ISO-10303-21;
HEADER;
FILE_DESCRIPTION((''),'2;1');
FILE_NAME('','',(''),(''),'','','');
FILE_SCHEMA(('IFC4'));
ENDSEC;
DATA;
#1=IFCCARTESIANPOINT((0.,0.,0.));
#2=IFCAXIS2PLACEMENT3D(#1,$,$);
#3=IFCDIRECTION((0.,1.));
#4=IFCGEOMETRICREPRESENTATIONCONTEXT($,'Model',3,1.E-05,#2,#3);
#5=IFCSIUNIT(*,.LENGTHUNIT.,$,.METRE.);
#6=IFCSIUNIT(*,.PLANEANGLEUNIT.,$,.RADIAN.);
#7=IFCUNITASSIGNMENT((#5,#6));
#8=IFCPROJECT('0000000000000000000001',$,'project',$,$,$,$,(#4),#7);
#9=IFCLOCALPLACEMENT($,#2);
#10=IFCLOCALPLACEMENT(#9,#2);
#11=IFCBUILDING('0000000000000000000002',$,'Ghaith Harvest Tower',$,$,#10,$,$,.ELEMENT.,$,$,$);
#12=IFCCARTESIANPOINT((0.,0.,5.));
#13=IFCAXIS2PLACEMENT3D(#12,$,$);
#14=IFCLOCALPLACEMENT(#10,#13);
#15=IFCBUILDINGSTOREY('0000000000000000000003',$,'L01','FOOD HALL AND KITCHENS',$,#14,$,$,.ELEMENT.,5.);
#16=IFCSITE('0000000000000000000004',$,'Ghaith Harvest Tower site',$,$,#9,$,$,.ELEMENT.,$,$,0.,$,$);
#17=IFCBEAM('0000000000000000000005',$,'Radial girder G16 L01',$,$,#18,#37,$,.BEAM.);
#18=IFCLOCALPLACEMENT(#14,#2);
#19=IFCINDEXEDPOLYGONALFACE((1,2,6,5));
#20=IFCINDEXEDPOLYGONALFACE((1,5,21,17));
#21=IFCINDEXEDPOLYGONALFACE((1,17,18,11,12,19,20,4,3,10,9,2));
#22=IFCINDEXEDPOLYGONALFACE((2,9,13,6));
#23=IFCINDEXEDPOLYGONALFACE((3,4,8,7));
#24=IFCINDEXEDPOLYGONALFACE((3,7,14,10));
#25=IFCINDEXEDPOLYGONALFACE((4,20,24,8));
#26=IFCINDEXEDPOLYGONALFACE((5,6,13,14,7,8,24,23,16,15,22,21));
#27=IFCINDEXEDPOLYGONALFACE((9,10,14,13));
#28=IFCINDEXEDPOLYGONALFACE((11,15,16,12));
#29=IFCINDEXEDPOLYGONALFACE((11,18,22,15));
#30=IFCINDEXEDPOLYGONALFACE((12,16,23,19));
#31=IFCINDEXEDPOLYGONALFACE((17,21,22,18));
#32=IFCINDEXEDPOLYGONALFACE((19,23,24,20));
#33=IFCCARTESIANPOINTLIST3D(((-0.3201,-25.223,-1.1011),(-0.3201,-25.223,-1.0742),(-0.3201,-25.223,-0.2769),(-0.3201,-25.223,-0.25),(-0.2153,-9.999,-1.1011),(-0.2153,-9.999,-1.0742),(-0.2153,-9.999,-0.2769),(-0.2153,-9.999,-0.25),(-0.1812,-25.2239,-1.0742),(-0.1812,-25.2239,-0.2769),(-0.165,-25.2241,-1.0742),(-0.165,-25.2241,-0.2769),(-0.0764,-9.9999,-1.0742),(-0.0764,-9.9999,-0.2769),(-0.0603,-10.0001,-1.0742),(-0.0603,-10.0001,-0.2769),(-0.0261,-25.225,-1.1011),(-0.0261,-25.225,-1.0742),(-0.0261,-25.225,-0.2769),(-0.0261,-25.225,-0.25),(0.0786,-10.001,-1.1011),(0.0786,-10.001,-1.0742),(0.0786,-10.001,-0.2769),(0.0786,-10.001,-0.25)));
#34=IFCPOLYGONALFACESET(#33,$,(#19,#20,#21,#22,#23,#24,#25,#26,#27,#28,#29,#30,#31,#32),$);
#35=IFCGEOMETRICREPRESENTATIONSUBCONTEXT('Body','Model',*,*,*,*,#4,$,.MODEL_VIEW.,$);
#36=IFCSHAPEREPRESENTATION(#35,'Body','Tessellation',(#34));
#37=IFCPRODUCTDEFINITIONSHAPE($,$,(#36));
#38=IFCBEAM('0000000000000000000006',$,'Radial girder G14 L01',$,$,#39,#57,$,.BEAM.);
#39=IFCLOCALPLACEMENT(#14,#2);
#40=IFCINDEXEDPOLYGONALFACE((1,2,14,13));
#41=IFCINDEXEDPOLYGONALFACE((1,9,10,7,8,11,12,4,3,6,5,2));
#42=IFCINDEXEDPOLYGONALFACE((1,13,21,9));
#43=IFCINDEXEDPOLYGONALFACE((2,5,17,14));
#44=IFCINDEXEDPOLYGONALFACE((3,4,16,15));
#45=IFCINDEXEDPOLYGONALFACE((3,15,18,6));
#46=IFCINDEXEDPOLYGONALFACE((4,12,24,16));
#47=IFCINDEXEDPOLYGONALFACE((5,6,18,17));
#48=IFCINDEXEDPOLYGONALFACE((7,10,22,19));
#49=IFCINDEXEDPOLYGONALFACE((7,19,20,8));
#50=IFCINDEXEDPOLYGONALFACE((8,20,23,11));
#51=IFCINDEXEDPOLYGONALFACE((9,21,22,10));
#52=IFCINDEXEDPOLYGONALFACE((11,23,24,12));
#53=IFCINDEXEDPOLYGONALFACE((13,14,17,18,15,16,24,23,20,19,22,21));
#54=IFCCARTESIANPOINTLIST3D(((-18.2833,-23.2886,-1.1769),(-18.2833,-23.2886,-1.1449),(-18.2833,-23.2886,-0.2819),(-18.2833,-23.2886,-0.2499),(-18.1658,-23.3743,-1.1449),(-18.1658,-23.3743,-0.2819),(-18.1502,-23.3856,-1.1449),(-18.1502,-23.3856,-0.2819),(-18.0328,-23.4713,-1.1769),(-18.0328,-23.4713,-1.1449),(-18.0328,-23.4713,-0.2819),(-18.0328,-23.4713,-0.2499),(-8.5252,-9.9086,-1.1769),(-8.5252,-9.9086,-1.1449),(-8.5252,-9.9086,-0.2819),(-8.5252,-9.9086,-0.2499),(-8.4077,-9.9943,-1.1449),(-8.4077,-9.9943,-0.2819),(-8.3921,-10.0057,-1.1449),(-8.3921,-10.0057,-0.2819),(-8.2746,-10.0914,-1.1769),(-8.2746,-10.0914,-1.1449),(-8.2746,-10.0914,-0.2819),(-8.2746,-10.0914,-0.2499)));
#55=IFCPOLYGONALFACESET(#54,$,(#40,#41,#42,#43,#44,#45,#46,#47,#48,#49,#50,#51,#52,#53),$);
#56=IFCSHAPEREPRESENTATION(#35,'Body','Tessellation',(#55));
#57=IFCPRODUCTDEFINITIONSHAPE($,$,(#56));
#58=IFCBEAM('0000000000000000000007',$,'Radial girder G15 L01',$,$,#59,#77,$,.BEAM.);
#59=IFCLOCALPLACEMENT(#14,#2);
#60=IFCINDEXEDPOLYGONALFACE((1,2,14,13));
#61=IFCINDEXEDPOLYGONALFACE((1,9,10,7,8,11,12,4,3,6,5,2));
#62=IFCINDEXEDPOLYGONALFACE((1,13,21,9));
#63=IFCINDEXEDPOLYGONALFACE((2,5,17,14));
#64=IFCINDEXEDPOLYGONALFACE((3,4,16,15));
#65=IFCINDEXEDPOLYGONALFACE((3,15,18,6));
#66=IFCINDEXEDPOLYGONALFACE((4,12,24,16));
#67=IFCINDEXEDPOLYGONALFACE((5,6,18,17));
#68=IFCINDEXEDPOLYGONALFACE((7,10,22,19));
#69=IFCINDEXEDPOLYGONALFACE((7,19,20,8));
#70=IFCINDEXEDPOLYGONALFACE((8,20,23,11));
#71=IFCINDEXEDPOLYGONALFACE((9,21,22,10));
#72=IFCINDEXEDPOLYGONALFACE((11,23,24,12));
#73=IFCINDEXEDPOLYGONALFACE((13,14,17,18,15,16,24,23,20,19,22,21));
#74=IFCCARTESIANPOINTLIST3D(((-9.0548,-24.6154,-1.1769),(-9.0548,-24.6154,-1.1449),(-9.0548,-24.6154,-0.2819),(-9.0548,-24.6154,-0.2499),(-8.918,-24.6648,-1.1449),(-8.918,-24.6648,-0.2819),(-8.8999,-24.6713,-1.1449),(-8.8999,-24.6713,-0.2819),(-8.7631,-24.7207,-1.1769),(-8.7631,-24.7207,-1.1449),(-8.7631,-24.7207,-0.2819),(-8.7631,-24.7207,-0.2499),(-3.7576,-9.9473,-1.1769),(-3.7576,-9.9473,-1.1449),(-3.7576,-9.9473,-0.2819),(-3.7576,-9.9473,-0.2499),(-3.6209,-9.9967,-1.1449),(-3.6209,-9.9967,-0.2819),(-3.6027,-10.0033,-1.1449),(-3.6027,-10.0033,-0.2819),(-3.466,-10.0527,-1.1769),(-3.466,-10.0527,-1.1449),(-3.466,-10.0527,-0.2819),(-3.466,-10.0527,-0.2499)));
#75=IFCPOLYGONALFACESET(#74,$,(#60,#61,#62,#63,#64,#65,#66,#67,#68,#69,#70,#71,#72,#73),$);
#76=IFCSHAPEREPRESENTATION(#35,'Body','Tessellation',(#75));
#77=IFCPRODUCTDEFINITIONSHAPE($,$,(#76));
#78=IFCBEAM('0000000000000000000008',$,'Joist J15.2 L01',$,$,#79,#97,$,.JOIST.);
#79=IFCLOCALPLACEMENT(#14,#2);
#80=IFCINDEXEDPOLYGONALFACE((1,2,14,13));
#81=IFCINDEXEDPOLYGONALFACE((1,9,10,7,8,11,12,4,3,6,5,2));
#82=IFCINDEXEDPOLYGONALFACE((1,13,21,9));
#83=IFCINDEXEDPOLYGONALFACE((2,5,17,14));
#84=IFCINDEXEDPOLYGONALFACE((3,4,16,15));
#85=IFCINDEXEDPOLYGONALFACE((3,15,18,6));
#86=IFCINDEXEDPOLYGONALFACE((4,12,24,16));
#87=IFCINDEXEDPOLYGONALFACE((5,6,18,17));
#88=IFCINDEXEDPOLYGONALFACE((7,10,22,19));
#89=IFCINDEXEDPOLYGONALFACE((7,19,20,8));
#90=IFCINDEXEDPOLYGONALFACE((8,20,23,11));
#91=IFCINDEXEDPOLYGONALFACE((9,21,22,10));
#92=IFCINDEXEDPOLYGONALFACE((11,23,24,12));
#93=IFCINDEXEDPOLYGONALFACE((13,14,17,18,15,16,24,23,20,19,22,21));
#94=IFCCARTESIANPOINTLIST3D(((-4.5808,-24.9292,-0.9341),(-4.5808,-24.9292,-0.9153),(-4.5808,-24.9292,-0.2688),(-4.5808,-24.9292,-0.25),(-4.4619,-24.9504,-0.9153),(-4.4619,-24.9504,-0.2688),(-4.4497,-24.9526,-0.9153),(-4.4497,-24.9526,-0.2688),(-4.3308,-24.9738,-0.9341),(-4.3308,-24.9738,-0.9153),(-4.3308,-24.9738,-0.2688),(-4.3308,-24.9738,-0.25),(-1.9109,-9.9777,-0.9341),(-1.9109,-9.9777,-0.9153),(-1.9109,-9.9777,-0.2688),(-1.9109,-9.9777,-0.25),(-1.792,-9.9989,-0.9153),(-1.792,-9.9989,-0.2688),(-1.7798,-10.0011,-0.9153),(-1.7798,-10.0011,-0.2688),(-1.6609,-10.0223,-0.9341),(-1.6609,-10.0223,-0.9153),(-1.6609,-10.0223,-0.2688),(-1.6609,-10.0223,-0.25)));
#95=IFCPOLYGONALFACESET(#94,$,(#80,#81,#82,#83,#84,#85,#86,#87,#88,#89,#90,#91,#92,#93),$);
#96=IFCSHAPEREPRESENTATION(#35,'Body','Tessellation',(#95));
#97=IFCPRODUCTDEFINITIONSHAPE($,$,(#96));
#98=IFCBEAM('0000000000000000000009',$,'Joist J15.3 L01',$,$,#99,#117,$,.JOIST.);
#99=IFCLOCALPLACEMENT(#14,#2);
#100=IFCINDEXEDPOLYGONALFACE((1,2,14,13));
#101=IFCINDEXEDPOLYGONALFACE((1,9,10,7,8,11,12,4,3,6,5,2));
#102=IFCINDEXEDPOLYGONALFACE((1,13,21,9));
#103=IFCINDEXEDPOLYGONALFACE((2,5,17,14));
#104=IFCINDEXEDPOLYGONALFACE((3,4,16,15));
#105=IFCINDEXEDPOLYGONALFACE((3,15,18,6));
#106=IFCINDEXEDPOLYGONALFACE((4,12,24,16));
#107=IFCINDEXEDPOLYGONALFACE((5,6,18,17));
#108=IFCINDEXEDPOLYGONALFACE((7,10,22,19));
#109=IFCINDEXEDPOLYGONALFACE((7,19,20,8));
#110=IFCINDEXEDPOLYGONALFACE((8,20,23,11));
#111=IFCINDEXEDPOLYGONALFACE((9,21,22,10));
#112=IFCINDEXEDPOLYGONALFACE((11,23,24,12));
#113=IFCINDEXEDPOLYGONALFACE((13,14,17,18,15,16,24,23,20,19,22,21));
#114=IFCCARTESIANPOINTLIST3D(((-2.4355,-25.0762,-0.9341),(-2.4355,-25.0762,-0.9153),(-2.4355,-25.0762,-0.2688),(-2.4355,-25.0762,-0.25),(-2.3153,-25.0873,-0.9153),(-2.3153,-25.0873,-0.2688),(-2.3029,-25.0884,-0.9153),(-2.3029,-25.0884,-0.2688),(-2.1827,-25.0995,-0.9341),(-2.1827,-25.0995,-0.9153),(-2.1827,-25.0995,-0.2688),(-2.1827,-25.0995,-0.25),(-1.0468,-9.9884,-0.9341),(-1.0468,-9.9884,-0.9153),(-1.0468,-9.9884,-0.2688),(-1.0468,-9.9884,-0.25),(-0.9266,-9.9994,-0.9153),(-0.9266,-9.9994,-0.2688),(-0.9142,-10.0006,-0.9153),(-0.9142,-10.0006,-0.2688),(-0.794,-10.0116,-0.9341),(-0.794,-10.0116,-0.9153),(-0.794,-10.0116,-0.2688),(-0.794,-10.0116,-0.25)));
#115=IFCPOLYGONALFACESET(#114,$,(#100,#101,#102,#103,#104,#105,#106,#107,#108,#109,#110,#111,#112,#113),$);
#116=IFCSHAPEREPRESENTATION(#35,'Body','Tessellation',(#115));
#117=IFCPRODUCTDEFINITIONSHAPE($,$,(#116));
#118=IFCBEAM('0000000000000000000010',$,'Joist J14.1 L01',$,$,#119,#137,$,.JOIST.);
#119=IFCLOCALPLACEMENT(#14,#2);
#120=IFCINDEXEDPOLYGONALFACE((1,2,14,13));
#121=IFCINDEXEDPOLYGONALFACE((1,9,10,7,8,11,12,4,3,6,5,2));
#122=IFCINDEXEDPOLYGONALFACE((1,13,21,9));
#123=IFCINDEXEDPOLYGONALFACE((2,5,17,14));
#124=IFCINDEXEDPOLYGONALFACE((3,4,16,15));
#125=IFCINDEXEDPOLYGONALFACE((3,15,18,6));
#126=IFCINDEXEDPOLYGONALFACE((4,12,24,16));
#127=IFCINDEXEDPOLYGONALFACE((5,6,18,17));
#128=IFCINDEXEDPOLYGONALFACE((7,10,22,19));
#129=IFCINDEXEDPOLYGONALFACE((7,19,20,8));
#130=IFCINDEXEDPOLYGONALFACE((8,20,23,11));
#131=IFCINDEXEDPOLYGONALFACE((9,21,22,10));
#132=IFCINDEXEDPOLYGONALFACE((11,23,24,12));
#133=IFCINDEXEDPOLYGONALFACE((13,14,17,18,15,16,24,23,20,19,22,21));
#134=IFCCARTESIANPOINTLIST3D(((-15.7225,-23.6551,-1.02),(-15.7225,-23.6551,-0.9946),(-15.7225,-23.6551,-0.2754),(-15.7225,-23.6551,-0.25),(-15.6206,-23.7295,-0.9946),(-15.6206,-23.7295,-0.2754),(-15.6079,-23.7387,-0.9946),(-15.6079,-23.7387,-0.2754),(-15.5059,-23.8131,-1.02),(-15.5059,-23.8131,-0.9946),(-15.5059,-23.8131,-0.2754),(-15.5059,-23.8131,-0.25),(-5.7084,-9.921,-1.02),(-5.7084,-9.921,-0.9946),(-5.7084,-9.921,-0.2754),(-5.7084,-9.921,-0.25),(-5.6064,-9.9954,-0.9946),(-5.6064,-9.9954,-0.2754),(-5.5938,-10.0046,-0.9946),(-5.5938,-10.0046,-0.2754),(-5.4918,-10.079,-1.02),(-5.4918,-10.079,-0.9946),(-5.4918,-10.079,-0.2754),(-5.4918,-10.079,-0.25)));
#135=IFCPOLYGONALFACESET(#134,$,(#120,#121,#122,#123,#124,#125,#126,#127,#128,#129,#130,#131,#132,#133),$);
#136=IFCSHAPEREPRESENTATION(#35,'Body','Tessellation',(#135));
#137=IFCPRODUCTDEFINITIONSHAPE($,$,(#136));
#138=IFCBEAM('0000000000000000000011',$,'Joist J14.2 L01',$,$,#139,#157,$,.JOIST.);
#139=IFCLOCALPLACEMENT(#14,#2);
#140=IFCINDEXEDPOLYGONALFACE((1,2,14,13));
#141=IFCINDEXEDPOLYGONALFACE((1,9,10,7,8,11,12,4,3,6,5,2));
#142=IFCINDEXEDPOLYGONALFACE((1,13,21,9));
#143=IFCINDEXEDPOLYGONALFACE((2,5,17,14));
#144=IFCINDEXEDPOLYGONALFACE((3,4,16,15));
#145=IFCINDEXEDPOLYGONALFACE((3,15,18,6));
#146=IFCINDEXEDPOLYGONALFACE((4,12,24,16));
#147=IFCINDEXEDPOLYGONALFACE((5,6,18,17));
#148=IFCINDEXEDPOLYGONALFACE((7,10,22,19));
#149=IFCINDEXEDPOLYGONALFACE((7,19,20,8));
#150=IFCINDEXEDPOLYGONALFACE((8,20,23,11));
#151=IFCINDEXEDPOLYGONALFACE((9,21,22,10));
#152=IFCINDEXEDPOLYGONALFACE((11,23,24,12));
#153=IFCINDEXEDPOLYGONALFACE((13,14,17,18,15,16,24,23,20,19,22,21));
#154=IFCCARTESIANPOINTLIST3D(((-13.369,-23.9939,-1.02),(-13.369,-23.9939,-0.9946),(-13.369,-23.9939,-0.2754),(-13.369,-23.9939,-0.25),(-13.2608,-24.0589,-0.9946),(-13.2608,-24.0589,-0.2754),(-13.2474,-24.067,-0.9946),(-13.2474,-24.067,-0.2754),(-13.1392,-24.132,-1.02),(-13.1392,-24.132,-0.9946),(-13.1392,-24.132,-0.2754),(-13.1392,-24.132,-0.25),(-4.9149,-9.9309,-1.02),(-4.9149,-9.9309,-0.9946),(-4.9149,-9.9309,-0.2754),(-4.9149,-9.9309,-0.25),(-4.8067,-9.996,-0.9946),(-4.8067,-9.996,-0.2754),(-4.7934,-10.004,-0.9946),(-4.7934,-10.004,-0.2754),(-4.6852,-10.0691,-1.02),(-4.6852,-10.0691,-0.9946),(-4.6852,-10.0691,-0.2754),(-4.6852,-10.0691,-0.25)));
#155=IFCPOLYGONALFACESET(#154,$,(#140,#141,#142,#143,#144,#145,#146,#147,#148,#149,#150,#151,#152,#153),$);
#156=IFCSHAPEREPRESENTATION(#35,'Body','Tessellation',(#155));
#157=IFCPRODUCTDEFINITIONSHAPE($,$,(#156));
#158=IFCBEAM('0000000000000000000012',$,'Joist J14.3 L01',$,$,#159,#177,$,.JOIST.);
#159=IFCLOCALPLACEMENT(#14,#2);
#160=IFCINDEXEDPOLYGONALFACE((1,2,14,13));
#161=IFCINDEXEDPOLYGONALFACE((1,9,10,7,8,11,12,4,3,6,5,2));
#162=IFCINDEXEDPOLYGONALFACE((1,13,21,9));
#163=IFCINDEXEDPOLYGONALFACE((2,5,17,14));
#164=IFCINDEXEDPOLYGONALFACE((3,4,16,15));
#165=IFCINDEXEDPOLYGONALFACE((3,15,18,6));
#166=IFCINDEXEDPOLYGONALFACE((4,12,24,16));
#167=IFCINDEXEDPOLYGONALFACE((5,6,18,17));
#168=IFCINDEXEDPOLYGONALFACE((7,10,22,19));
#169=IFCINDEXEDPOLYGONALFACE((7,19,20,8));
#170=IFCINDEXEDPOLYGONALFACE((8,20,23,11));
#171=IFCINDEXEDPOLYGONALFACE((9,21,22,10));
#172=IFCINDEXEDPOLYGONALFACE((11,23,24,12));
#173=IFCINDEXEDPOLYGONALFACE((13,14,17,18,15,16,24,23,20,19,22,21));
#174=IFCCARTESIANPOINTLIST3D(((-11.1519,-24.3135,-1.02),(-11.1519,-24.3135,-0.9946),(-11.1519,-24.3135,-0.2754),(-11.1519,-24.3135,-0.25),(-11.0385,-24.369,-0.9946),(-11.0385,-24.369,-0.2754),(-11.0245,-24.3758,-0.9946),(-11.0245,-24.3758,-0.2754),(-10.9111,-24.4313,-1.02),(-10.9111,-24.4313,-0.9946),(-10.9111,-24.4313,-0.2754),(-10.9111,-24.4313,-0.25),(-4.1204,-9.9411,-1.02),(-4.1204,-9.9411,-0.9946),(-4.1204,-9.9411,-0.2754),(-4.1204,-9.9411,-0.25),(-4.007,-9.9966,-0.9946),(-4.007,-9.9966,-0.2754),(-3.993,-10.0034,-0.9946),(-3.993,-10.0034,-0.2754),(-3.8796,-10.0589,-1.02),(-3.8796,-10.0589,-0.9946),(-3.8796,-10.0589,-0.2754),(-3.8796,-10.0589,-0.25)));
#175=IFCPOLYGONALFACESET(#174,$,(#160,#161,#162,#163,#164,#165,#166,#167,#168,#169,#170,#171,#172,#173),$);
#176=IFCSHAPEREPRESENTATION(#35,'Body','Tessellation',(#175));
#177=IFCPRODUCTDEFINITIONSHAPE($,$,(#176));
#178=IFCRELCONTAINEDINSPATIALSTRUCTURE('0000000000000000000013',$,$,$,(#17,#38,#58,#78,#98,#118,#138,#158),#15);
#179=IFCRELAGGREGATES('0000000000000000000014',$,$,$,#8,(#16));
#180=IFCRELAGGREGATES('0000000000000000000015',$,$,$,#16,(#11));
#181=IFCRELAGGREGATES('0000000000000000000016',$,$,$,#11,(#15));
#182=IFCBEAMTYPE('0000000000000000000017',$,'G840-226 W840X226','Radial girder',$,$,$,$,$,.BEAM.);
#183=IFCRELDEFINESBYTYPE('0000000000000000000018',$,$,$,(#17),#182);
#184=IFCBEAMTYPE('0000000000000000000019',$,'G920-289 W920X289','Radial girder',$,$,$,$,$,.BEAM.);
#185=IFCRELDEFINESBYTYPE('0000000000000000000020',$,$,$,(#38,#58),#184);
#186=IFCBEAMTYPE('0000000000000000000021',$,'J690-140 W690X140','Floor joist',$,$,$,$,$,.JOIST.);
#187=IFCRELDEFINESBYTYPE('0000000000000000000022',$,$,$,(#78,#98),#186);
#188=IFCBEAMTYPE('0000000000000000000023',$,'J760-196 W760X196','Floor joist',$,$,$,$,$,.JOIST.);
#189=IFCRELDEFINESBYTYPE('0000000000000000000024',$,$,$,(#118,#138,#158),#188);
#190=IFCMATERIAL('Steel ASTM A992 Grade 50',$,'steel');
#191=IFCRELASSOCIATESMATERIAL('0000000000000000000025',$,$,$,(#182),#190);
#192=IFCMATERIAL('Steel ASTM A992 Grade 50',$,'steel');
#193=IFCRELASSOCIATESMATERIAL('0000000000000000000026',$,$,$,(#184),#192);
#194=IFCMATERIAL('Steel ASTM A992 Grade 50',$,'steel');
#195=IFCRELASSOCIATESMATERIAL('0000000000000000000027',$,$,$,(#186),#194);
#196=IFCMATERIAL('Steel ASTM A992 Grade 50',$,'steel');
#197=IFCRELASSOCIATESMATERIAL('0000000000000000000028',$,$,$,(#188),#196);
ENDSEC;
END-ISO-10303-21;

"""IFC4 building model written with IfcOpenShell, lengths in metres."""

from ifc_helpers import new_model, si_unit, direction, frame, origin, origin_2d, place, context, subcontext, project, spatial, i_section, extrude, material, material_profile, profile_set, type_object, element, save


model = new_model("IFC4")

# Units and contexts
model_context = context("Model", 3, precision=1e-05, world=origin(), true_north=direction((0.0, 1.0)))
body_context = subcontext(model_context, "Body", "Model", "MODEL_VIEW")
ifc_project = project(units=[si_unit("LENGTHUNIT", "METRE"), si_unit("PLANEANGLEUNIT", "RADIAN")], contexts=[model_context])

# Site, building, storey
site_placement = place(None, origin())
site = spatial("IfcSite", under=ifc_project, at=site_placement, Name="Ghaith Harvest Tower site", CompositionType="ELEMENT", RefElevation=0.0)
building_placement = place(site_placement, origin())
building = spatial("IfcBuilding", under=site, at=building_placement, Name="Ghaith Harvest Tower", CompositionType="ELEMENT")
storey_placement = place(building_placement, frame((0.0, 0.0, 5.0)))
storey = spatial("IfcBuildingStorey", under=building, at=storey_placement, Name="L01", Description="FOOD HALL AND KITCHENS", CompositionType="ELEMENT", Elevation=5.0)

# Beams
ifc_material_1 = material(Name="Steel ASTM A992 Grade 50", Category="steel")
ifc_material_profile_1 = material_profile(ifc_material_1, i_section(OverallWidth=0.2939, OverallDepth=0.8511, WebThickness=0.0161, FlangeThickness=0.0269, at=origin_2d()), Name="W840X226")
ifc_profile_set_1 = profile_set([ifc_material_profile_1], Name="Steel ASTM A992 Grade 50")
beam_type_1 = type_object("IfcBeamType", Name="G840-226 W840X226", Description="Radial girder", PredefinedType="BEAM", material=ifc_profile_set_1)
beam_1_placement = place(storey_placement, frame((-0.0684, -10.0, -0.6755), z_axis=(-0.006879, -0.999976, 0.0), x_axis=(0.999976, -0.006879, 0.0)))
element("IfcBeam", 1, at=beam_1_placement, inside=storey, type_object=beam_type_1, Name="Radial girder G16 L01", PredefinedType="BEAM", context=body_context, shape_type="SweptSolid", body=[
    extrude(i_section(OverallWidth=0.2939, OverallDepth=0.8511, WebThickness=0.0161, FlangeThickness=0.0269, at=origin_2d()), origin(), (0.0, 0.0, 1.0), 15.2244),
])
ifc_material_2 = material(Name="Steel ASTM A992 Grade 50", Category="steel")
ifc_material_profile_2 = material_profile(ifc_material_2, i_section(OverallWidth=0.3101, OverallDepth=0.927, WebThickness=0.0193, FlangeThickness=0.032, at=origin_2d()), Name="W920X289")
ifc_profile_set_2 = profile_set([ifc_material_profile_2], Name="Steel ASTM A992 Grade 50")
beam_type_2 = type_object("IfcBeamType", Name="G920-289 W920X289", Description="Radial girder", PredefinedType="BEAM", material=ifc_profile_set_2)
beam_2_placement = place(storey_placement, frame((-8.3999, -10.0, -0.7134), z_axis=(-0.589247, -0.807953, 0.0), x_axis=(0.807953, -0.589247, 0.0)))
element("IfcBeam", 2, at=beam_2_placement, inside=storey, type_object=beam_type_2, Name="Radial girder G14 L01", PredefinedType="BEAM", context=body_context, shape_type="SweptSolid", body=[
    extrude(i_section(OverallWidth=0.3101, OverallDepth=0.927, WebThickness=0.0193, FlangeThickness=0.032, at=origin_2d()), origin(), (0.0, 0.0, 1.0), 16.5603),
])
beam_3_placement = place(storey_placement, frame((-3.6118, -10.0, -0.7134), z_axis=(-0.339664, -0.940547, 0.0), x_axis=(0.940547, -0.339664, 0.0)))
element("IfcBeam", 3, at=beam_3_placement, inside=storey, type_object=beam_type_2, Name="Radial girder G15 L01", PredefinedType="BEAM", context=body_context, shape_type="SweptSolid", body=[
    extrude(i_section(OverallWidth=0.3101, OverallDepth=0.927, WebThickness=0.0193, FlangeThickness=0.032, at=origin_2d()), origin(), (0.0, 0.0, 1.0), 15.5952),
])
ifc_material_3 = material(Name="Steel ASTM A992 Grade 50", Category="steel")
ifc_material_profile_3 = material_profile(ifc_material_3, i_section(OverallWidth=0.2539, OverallDepth=0.6841, WebThickness=0.0125, FlangeThickness=0.0188, at=origin_2d()), Name="W690X140")
ifc_profile_set_3 = profile_set([ifc_material_profile_3], Name="Steel ASTM A992 Grade 50")
beam_type_3 = type_object("IfcBeamType", Name="J690-140 W690X140", Description="Floor joist", PredefinedType="JOIST", material=ifc_profile_set_3)
beam_4_placement = place(storey_placement, frame((-1.7859, -10.0, -0.592), z_axis=(-0.175792, -0.984427, 0.0), x_axis=(0.984427, -0.175792, 0.0)))
element("IfcBeam", 4, at=beam_4_placement, inside=storey, type_object=beam_type_3, Name="Joist J15.2 L01", PredefinedType="JOIST", context=body_context, shape_type="SweptSolid", body=[
    extrude(i_section(OverallWidth=0.2539, OverallDepth=0.6841, WebThickness=0.0125, FlangeThickness=0.0188, at=origin_2d()), origin(), (0.0, 0.0, 1.0), 15.188),
])
beam_5_placement = place(storey_placement, frame((-0.9204, -10.0, -0.592), z_axis=(-0.091651, -0.995791, 0.0), x_axis=(0.995791, -0.091651, 0.0)))
element("IfcBeam", 5, at=beam_5_placement, inside=storey, type_object=beam_type_3, Name="Joist J15.3 L01", PredefinedType="JOIST", context=body_context, shape_type="SweptSolid", body=[
    extrude(i_section(OverallWidth=0.2539, OverallDepth=0.6841, WebThickness=0.0125, FlangeThickness=0.0188, at=origin_2d()), origin(), (0.0, 0.0, 1.0), 15.1516),
])
ifc_material_4 = material(Name="Steel ASTM A992 Grade 50", Category="steel")
ifc_material_profile_4 = material_profile(ifc_material_4, i_section(OverallWidth=0.2681, OverallDepth=0.77, WebThickness=0.0156, FlangeThickness=0.0254, at=origin_2d()), Name="W760X196")
ifc_profile_set_4 = profile_set([ifc_material_profile_4], Name="Steel ASTM A992 Grade 50")
beam_type_4 = type_object("IfcBeamType", Name="J760-196 W760X196", Description="Floor joist", PredefinedType="JOIST", material=ifc_profile_set_4)
beam_6_placement = place(storey_placement, frame((-5.6001, -10.0, -0.635), z_axis=(-0.58916, -0.808016, 0.0), x_axis=(0.808016, -0.58916, 0.0)))
element("IfcBeam", 6, at=beam_6_placement, inside=storey, type_object=beam_type_4, Name="Joist J14.1 L01", PredefinedType="JOIST", context=body_context, shape_type="SweptSolid", body=[
    extrude(i_section(OverallWidth=0.2681, OverallDepth=0.77, WebThickness=0.0156, FlangeThickness=0.0254, at=origin_2d()), origin(), (0.0, 0.0, 1.0), 16.9973),
])
beam_7_placement = place(storey_placement, frame((-4.8, -10.0, -0.635), z_axis=(-0.515226, -0.857054, 0.0), x_axis=(0.857054, -0.515226, 0.0)))
element("IfcBeam", 7, at=beam_7_placement, inside=storey, type_object=beam_type_4, Name="Joist J14.2 L01", PredefinedType="JOIST", context=body_context, shape_type="SweptSolid", body=[
    extrude(i_section(OverallWidth=0.2681, OverallDepth=0.77, WebThickness=0.0156, FlangeThickness=0.0254, at=origin_2d()), origin(), (0.0, 0.0, 1.0), 16.4084),
])
beam_8_placement = place(storey_placement, frame((-4.0, -10.0, -0.635), z_axis=(-0.439464, -0.89826, 0.0), x_axis=(0.89826, -0.439464, 0.0)))
element("IfcBeam", 8, at=beam_8_placement, inside=storey, type_object=beam_type_4, Name="Joist J14.3 L01", PredefinedType="JOIST", context=body_context, shape_type="SweptSolid", body=[
    extrude(i_section(OverallWidth=0.2681, OverallDepth=0.77, WebThickness=0.0156, FlangeThickness=0.0254, at=origin_2d()), origin(), (0.0, 0.0, 1.0), 16.0002),
])

save(model, "model.ifc")
